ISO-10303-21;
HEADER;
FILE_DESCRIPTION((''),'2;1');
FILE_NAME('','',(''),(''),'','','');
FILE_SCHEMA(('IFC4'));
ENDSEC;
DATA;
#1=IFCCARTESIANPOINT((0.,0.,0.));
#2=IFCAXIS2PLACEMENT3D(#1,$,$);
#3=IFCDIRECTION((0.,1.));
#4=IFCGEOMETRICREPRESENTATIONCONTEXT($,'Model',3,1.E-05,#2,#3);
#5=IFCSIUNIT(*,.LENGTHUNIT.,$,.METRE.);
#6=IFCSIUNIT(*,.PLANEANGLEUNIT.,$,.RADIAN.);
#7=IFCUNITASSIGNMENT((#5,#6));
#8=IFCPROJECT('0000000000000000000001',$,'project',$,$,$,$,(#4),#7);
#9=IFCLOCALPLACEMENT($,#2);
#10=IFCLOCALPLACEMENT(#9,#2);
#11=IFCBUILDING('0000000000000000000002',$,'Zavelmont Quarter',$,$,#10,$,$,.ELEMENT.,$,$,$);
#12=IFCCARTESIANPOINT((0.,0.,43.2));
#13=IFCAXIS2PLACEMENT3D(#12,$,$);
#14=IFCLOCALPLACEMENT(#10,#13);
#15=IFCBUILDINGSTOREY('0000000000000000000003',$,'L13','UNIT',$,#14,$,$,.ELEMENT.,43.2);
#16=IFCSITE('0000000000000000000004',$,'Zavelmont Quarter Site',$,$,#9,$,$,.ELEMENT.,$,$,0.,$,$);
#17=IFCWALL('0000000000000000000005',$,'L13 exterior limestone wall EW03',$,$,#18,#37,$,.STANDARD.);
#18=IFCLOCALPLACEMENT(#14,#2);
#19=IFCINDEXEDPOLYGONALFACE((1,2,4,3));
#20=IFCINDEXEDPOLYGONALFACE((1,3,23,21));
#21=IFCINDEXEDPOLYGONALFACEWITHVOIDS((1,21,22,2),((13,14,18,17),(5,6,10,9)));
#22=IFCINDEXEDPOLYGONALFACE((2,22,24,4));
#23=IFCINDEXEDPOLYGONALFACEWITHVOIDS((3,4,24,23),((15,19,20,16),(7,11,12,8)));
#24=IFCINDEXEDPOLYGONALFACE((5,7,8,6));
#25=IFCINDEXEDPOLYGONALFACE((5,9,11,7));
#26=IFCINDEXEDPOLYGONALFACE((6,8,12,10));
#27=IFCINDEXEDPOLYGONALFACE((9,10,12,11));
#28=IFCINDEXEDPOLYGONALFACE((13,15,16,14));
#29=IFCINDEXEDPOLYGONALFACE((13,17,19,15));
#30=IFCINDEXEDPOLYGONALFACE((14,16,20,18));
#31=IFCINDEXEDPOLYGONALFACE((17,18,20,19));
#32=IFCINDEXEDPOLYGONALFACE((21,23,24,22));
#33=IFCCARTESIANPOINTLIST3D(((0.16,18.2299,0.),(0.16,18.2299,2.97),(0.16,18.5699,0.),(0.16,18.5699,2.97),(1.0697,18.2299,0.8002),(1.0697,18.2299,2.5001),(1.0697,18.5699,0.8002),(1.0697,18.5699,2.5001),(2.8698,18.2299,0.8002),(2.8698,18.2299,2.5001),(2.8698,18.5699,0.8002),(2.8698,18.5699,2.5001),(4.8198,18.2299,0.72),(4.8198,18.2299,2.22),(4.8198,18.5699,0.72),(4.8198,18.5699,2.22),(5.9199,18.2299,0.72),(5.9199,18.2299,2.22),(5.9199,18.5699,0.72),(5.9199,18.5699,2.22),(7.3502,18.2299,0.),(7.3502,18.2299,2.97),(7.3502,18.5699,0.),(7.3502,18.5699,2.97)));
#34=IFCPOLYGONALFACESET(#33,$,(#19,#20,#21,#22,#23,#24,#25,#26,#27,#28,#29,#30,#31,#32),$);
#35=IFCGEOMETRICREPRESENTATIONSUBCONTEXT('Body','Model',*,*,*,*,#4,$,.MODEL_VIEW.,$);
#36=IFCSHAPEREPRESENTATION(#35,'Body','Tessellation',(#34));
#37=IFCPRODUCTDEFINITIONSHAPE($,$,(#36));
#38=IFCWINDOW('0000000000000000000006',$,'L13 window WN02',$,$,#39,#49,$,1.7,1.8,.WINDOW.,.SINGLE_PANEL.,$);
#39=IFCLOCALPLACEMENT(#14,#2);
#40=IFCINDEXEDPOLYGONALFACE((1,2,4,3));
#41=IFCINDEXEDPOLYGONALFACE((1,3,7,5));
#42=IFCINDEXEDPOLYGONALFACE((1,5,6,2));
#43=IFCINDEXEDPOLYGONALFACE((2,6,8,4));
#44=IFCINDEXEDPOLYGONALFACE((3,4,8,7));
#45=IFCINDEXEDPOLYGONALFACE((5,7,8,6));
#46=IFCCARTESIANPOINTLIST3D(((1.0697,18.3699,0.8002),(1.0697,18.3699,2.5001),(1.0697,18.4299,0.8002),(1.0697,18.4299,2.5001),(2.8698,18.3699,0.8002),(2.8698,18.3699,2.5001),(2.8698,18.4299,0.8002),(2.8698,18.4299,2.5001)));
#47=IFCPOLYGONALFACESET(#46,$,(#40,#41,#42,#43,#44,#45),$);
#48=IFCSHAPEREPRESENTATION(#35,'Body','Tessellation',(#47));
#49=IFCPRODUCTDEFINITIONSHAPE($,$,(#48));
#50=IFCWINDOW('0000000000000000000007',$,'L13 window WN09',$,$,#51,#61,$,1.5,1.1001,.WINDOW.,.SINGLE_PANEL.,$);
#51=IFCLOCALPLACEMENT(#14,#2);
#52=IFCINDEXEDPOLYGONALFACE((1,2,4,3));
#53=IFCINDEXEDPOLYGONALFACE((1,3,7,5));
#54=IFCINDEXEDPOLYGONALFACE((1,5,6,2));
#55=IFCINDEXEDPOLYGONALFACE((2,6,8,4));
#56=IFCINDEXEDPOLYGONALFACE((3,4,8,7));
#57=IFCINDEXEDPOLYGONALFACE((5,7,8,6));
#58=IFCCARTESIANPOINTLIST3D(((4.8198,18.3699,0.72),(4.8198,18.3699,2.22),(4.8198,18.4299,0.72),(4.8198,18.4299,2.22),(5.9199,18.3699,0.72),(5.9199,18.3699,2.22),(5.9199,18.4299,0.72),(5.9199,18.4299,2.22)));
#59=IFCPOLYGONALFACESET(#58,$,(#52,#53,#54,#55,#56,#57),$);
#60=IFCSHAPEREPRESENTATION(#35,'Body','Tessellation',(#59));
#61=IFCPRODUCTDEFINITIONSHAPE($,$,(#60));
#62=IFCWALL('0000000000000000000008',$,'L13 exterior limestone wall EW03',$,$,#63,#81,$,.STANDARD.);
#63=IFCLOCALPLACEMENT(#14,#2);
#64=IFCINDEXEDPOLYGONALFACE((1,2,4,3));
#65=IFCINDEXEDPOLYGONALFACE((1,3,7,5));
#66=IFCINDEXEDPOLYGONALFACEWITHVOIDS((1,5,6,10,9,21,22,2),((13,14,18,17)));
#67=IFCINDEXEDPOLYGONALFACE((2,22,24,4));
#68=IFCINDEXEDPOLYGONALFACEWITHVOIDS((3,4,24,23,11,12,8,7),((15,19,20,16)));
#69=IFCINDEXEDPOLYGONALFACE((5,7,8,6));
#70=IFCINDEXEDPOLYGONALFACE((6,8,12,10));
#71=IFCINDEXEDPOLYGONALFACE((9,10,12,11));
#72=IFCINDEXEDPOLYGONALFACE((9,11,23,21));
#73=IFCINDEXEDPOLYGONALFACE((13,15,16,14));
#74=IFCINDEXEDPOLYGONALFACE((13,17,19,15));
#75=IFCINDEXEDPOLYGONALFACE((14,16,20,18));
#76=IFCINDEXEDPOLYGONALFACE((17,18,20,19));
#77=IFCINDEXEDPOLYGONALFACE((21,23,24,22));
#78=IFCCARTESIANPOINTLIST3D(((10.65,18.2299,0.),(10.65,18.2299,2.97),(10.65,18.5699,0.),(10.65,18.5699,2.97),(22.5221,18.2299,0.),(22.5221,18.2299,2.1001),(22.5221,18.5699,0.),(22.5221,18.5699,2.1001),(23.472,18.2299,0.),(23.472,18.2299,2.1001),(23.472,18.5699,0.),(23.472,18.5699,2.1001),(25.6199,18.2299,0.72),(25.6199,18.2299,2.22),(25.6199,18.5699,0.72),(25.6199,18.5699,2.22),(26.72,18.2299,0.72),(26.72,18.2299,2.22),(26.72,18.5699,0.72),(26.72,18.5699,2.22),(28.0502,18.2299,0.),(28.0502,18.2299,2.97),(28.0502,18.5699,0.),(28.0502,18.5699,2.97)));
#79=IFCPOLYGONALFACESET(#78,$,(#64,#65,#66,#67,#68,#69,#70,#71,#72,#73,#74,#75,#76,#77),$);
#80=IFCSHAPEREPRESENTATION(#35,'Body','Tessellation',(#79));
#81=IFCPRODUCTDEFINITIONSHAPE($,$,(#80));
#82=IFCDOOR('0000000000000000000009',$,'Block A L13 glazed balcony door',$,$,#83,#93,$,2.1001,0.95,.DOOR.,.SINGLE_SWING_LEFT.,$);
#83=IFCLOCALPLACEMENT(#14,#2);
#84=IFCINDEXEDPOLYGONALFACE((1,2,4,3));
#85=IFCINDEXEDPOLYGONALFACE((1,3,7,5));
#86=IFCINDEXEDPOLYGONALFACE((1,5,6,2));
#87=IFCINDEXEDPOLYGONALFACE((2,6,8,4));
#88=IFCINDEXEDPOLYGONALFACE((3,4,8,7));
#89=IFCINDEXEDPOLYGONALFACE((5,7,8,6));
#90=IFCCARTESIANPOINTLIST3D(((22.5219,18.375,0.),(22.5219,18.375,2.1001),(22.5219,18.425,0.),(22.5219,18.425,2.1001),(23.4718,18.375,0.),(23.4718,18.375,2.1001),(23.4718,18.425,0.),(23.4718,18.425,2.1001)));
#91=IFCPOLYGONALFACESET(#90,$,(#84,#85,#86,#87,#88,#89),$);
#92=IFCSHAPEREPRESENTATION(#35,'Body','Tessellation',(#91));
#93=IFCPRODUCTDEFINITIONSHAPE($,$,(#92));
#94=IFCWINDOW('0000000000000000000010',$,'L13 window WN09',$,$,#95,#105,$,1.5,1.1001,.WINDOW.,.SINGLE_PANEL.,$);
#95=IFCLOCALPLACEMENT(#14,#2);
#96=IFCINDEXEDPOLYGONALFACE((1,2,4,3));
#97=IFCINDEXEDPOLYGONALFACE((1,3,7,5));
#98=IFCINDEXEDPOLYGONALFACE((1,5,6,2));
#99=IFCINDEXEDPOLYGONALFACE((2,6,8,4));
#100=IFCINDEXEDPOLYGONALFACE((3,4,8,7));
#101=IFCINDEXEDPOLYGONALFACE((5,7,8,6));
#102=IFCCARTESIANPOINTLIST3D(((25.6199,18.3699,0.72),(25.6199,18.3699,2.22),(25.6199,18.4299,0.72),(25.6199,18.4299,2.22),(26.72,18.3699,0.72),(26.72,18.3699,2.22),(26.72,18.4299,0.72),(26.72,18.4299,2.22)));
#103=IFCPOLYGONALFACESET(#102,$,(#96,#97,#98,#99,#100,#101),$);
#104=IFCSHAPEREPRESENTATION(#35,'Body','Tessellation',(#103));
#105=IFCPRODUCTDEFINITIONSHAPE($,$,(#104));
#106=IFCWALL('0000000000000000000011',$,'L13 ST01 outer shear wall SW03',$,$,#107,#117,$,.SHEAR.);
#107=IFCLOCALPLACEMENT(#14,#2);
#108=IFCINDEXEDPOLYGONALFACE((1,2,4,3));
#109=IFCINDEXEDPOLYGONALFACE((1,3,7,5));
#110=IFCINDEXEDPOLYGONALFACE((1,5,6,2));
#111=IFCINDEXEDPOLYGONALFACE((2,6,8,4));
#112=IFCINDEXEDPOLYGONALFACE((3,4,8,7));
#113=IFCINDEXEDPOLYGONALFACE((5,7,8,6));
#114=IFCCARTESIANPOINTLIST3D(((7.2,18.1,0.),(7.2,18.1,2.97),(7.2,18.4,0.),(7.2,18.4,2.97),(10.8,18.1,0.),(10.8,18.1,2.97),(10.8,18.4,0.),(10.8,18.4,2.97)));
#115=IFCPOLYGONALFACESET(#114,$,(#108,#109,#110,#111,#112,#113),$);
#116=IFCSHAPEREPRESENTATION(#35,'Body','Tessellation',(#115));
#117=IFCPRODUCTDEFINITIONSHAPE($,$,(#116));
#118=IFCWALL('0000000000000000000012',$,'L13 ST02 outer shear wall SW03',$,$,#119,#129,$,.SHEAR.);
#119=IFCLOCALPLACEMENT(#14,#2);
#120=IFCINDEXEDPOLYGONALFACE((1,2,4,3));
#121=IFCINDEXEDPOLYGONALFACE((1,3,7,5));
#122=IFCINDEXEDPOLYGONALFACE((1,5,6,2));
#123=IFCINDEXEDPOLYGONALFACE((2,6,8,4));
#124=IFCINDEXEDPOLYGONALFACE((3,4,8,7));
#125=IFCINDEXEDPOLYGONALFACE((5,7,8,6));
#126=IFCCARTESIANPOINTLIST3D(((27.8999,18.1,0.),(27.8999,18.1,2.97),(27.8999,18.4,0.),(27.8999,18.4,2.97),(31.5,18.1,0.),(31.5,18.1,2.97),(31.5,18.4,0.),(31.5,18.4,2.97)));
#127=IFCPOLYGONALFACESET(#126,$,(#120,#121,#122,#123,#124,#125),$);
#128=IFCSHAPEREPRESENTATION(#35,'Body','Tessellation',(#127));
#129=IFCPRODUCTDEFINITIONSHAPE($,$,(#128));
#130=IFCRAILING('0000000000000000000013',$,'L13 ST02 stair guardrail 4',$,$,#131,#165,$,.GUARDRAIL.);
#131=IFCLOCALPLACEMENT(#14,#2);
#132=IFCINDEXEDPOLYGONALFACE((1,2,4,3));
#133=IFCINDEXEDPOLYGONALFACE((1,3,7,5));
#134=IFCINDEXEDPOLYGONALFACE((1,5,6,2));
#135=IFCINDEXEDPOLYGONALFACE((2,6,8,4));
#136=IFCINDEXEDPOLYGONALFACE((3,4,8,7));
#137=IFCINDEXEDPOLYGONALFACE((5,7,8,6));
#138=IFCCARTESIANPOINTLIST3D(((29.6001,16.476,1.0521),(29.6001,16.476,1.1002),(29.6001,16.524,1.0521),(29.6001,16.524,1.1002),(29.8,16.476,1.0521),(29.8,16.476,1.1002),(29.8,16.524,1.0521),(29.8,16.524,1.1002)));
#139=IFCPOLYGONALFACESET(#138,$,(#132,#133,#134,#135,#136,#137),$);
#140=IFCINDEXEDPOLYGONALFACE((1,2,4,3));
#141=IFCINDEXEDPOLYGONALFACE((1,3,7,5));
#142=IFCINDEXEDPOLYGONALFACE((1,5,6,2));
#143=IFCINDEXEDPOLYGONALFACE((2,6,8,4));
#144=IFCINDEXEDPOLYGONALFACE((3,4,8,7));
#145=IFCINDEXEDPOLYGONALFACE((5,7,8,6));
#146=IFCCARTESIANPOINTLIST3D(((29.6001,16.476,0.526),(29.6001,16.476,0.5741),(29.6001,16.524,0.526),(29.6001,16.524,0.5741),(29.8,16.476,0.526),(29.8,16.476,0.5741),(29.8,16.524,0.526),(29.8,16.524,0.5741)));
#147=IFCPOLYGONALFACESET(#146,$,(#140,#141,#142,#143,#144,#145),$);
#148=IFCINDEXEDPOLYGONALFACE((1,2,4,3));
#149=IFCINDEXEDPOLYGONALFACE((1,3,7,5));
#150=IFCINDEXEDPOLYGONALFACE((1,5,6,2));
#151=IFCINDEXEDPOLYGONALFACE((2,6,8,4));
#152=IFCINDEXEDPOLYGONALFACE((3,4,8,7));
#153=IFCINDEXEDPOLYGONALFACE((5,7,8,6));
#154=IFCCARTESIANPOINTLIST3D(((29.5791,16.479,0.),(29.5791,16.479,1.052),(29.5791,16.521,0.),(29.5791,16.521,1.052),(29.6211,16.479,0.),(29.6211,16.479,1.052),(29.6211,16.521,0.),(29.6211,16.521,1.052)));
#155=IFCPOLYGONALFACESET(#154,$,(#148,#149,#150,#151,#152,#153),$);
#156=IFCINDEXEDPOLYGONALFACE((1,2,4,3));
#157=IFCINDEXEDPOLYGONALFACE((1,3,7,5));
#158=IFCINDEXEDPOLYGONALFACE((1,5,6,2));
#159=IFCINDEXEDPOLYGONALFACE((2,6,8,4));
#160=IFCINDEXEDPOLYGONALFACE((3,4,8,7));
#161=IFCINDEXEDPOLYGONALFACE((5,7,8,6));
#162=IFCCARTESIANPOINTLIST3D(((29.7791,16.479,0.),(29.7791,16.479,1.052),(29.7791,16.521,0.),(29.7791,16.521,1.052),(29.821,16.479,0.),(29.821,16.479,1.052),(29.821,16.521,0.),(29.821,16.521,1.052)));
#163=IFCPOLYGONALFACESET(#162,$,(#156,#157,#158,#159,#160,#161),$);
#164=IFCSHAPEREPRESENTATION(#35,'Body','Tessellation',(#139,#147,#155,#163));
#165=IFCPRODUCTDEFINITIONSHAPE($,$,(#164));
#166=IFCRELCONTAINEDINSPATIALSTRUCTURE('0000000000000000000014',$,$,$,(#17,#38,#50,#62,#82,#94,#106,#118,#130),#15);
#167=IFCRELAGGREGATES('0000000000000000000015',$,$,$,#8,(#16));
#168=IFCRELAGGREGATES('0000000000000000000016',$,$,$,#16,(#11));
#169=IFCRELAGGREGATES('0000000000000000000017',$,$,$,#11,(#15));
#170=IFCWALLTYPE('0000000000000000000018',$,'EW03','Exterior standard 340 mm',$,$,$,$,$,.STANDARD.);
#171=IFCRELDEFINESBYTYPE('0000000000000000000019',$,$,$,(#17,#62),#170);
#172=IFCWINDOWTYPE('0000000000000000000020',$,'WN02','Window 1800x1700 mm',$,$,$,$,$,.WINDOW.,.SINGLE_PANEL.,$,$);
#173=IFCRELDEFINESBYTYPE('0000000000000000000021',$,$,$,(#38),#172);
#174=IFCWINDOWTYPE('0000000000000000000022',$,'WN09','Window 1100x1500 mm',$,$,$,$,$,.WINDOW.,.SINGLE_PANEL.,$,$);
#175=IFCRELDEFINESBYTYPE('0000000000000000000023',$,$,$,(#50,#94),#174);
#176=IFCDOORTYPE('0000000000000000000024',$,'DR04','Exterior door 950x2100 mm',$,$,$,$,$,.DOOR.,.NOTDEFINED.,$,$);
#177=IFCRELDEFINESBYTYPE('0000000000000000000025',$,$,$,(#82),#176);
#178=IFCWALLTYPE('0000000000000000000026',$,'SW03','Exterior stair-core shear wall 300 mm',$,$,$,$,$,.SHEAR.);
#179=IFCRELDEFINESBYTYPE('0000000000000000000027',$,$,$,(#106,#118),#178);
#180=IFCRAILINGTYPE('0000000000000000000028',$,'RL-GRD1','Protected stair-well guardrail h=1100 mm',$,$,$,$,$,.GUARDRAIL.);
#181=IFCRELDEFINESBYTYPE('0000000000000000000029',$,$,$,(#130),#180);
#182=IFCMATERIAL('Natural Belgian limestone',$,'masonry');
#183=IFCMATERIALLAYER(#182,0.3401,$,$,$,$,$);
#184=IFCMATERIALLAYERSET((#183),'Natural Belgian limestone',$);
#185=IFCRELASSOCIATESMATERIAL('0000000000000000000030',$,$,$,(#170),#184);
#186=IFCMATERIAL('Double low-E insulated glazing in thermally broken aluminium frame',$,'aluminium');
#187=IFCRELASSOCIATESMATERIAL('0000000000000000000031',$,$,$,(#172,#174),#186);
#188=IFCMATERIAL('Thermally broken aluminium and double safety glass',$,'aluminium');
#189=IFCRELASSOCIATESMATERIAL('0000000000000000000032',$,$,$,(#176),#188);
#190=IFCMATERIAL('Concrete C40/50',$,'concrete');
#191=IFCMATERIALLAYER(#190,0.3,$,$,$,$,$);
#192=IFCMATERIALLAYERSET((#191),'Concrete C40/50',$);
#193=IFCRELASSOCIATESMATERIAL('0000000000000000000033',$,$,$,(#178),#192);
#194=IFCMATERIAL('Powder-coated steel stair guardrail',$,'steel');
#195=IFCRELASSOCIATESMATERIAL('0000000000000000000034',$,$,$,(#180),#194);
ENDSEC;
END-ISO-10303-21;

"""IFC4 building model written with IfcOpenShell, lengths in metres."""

from ifc_helpers import new_model, si_unit, direction, frame, frame_2d, origin, origin_with_axes, origin_2d, place, context, subcontext, project, spatial, rectangle, extrude, material, layer, layer_set, type_object, element, fill, save


model = new_model("IFC4")

# Units and contexts
model_context = context("Model", 3, precision=1e-05, world=origin(), true_north=direction((0.0, 1.0)))
body_context = subcontext(model_context, "Body", "Model", "MODEL_VIEW")
ifc_project = project(units=[si_unit("LENGTHUNIT", "METRE"), si_unit("PLANEANGLEUNIT", "RADIAN")], contexts=[model_context])

# Site, building, storey
site_placement = place(None, origin())
site = spatial("IfcSite", under=ifc_project, at=site_placement, Name="Zavelmont Quarter Site", CompositionType="ELEMENT", RefElevation=0.0)
building_placement = place(site_placement, origin())
building = spatial("IfcBuilding", under=site, at=building_placement, Name="Zavelmont Quarter", CompositionType="ELEMENT")
storey_placement = place(building_placement, frame((0.0, 0.0, 43.2)))
storey = spatial("IfcBuildingStorey", under=building, at=storey_placement, Name="L13", Description="UNIT", CompositionType="ELEMENT", Elevation=43.2)

# Shared definitions
ifc_material_1 = material(Name="Concrete C40/50", Category="concrete")

# Wall, openings, windows
ifc_material_2 = material(Name="Natural Belgian limestone", Category="masonry")
ifc_layer_1 = layer(ifc_material_2, 0.3401)
ifc_layer_set_1 = layer_set([ifc_layer_1], Name="Natural Belgian limestone")
wall_type_1 = type_object("IfcWallType", Name="EW03", Description="Exterior standard 340 mm", PredefinedType="STANDARD", material=ifc_layer_set_1)
wall_1_placement = place(storey_placement, frame((0.1599, 18.3999, 0.0), z_axis=(0.0, 0.0, 1.0), x_axis=(1.0, 0.0, 0.0)))
wall_1 = element("IfcWall", 1, at=wall_1_placement, inside=storey, type_object=wall_type_1, Name="L13 exterior limestone wall EW03", PredefinedType="STANDARD", context=body_context, shape_type="SweptSolid", body=[
    extrude(rectangle(XDim=7.1902, YDim=0.3401, at=frame_2d((3.5952, 0.0))), origin(), (0.0, 0.0, 1.0), 2.97),
])
opening_1_placement = place(wall_1_placement, frame((0.9099, 0.0, 0.8)))
opening_1 = element("IfcOpeningElement", 2, at=opening_1_placement, cuts=wall_1, PredefinedType="OPENING", context=body_context, shape_type="SweptSolid", body=[
    extrude(rectangle(XDim=1.8, YDim=1.7, at=frame_2d((0.8999, 0.8501))), frame((0.0, 0.1821, 0.0), z_axis=(0.0, -1.0, 0.0), x_axis=(1.0, 0.0, 0.0)), (0.0, 0.0, 1.0), 0.364),
])
opening_2_placement = place(wall_1_placement, frame((4.6599, 0.0, 0.72)))
opening_2 = element("IfcOpeningElement", 3, at=opening_2_placement, cuts=wall_1, PredefinedType="OPENING", context=body_context, shape_type="SweptSolid", body=[
    extrude(rectangle(XDim=1.1001, YDim=1.5, at=frame_2d((0.55, 0.75))), frame((0.0, 0.1821, 0.0), z_axis=(0.0, -1.0, 0.0), x_axis=(1.0, 0.0, 0.0)), (0.0, 0.0, 1.0), 0.364),
])
ifc_material_3 = material(Name="Double low-E insulated glazing in thermally broken aluminium frame", Category="aluminium")
window_type_1 = type_object("IfcWindowType", Name="WN02", Description="Window 1800x1700 mm", PartitioningType="SINGLE_PANEL", PredefinedType="WINDOW", material=ifc_material_3)
window_1_placement = place(opening_1_placement, origin_with_axes())
window_1 = element("IfcWindow", 4, at=window_1_placement, inside=storey, type_object=window_type_1, Name="L13 window WN02", OverallHeight=1.7, OverallWidth=1.8, PartitioningType="SINGLE_PANEL", PredefinedType="WINDOW", context=body_context, shape_type="SweptSolid", body=[
    extrude(rectangle(XDim=1.8, YDim=1.7, at=frame_2d((0.8999, 0.8501))), frame((0.0, 0.03, 0.0), z_axis=(0.0, -1.0, 0.0), x_axis=(1.0, 0.0, 0.0)), (0.0, 0.0, 1.0), 0.0601),
])
fill(opening_1, window_1)
window_type_2 = type_object("IfcWindowType", Name="WN09", Description="Window 1100x1500 mm", PartitioningType="SINGLE_PANEL", PredefinedType="WINDOW", material=ifc_material_3)
window_2_placement = place(opening_2_placement, origin_with_axes())
window_2 = element("IfcWindow", 5, at=window_2_placement, inside=storey, type_object=window_type_2, Name="L13 window WN09", OverallHeight=1.5, OverallWidth=1.1001, PartitioningType="SINGLE_PANEL", PredefinedType="WINDOW", context=body_context, shape_type="SweptSolid", body=[
    extrude(rectangle(XDim=1.1001, YDim=1.5, at=frame_2d((0.55, 0.75))), frame((0.0, 0.03, 0.0), z_axis=(0.0, -1.0, 0.0), x_axis=(1.0, 0.0, 0.0)), (0.0, 0.0, 1.0), 0.0601),
])
fill(opening_2, window_2)

# Wall, openings, door, window
wall_2_placement = place(storey_placement, frame((10.6499, 18.3999, 0.0), z_axis=(0.0, 0.0, 1.0), x_axis=(1.0, 0.0, 0.0)))
wall_2 = element("IfcWall", 6, at=wall_2_placement, inside=storey, type_object=wall_type_1, Name="L13 exterior limestone wall EW03", PredefinedType="STANDARD", context=body_context, shape_type="SweptSolid", body=[
    extrude(rectangle(XDim=17.4001, YDim=0.3401, at=frame_2d((8.7002, 0.0))), origin(), (0.0, 0.0, 1.0), 2.97),
])
opening_3_placement = place(wall_2_placement, frame((11.8721, 0.0, 0.0)))
opening_3 = element("IfcOpeningElement", 7, at=opening_3_placement, cuts=wall_2, PredefinedType="OPENING", context=body_context, shape_type="SweptSolid", body=[
    extrude(rectangle(XDim=0.95, YDim=2.1001, at=frame_2d((0.4751, 1.05))), frame((0.0, 0.1821, 0.0), z_axis=(0.0, -1.0, 0.0), x_axis=(1.0, 0.0, 0.0)), (0.0, 0.0, 1.0), 0.364),
])
opening_4_placement = place(wall_2_placement, frame((14.97, 0.0, 0.72)))
opening_4 = element("IfcOpeningElement", 8, at=opening_4_placement, cuts=wall_2, PredefinedType="OPENING", context=body_context, shape_type="SweptSolid", body=[
    extrude(rectangle(XDim=1.1001, YDim=1.5, at=frame_2d((0.55, 0.75))), frame((0.0, 0.1821, 0.0), z_axis=(0.0, -1.0, 0.0), x_axis=(1.0, 0.0, 0.0)), (0.0, 0.0, 1.0), 0.364),
])
ifc_material_4 = material(Name="Thermally broken aluminium and double safety glass", Category="aluminium")
door_type = type_object("IfcDoorType", Name="DR04", Description="Exterior door 950x2100 mm", OperationType="NOTDEFINED", PredefinedType="DOOR", material=ifc_material_4)
door_placement = place(opening_3_placement, frame((0.95, 0.0, 0.0), z_axis=(0.0, 0.0, 1.0), x_axis=(-1.0, 0.0, 0.0)))
door = element("IfcDoor", 9, at=door_placement, inside=storey, type_object=door_type, Name="Block A L13 glazed balcony door", OperationType="SINGLE_SWING_LEFT", OverallHeight=2.1001, OverallWidth=0.95, PredefinedType="DOOR", context=body_context, shape_type="SweptSolid", body=[
    extrude(rectangle(XDim=0.95, YDim=2.1001, at=frame_2d((0.4751, 1.05))), frame((0.0, 0.0249, 0.0), z_axis=(0.0, -1.0, 0.0), x_axis=(1.0, 0.0, 0.0)), (0.0, 0.0, 1.0), 0.05),
])
fill(opening_3, door)
window_3_placement = place(opening_4_placement, origin_with_axes())
window_3 = element("IfcWindow", 10, at=window_3_placement, inside=storey, type_object=window_type_2, Name="L13 window WN09", OverallHeight=1.5, OverallWidth=1.1001, PartitioningType="SINGLE_PANEL", PredefinedType="WINDOW", context=body_context, shape_type="SweptSolid", body=[
    extrude(rectangle(XDim=1.1001, YDim=1.5, at=frame_2d((0.55, 0.75))), frame((0.0, 0.03, 0.0), z_axis=(0.0, -1.0, 0.0), x_axis=(1.0, 0.0, 0.0)), (0.0, 0.0, 1.0), 0.0601),
])
fill(opening_4, window_3)

# Walls
ifc_layer_2 = layer(ifc_material_1, 0.3)
ifc_layer_set_2 = layer_set([ifc_layer_2], Name="Concrete C40/50")
wall_type_2 = type_object("IfcWallType", Name="SW03", Description="Exterior stair-core shear wall 300 mm", PredefinedType="SHEAR", material=ifc_layer_set_2)
for number, where, z_axis, x_axis, name in (
    (11, (7.2, 18.25, 0.0), (0.0, 0.0, 1.0), (1.0, 0.0, 0.0), "L13 ST01 outer shear wall SW03"),
    (12, (27.8999, 18.25, 0.0), (0.0, 0.0, 1.0), (1.0, 0.0, 0.0), "L13 ST02 outer shear wall SW03"),
):
    element("IfcWall", number, at=place(storey_placement, frame(where, z_axis=z_axis, x_axis=x_axis)), inside=storey, type_object=wall_type_2, Name=name, PredefinedType="SHEAR", context=body_context, shape_type="SweptSolid", body=[
        extrude(rectangle(XDim=3.6001, YDim=0.3, at=frame_2d((1.8, 0.0))), origin(), (0.0, 0.0, 1.0), 2.97),
    ])

# Railing
ifc_material_5 = material(Name="Powder-coated steel stair guardrail", Category="steel")
railing_type = type_object("IfcRailingType", Name="RL-GRD1", Description="Protected stair-well guardrail h=1100 mm", PredefinedType="GUARDRAIL", material=ifc_material_5)
railing_placement = place(storey_placement, frame((29.6001, 16.5, 0.0)))
element("IfcRailing", 13, at=railing_placement, inside=storey, type_object=railing_type, Name="L13 ST02 stair guardrail 4", PredefinedType="GUARDRAIL", context=body_context, shape_type="SweptSolid", body=[
    extrude(rectangle(XDim=0.0481, YDim=0.0481, at=origin_2d()), frame((0.0, 0.0, 1.0762), z_axis=(1.0, 0.0, 0.0), x_axis=(0.0, 1.0, 0.0)), (0.0, 0.0, 1.0), 0.2),
    extrude(rectangle(XDim=0.0481, YDim=0.0481, at=origin_2d()), frame((0.0, 0.0, 0.55), z_axis=(1.0, 0.0, 0.0), x_axis=(0.0, 1.0, 0.0)), (0.0, 0.0, 1.0), 0.2),
    extrude(rectangle(XDim=0.042, YDim=0.042, at=origin_2d()), origin(), (0.0, 0.0, 1.0), 1.052),
    extrude(rectangle(XDim=0.042, YDim=0.042, at=origin_2d()), frame((0.2, 0.0, 0.0)), (0.0, 0.0, 1.0), 1.052),
])

save(model, "model.ifc")
